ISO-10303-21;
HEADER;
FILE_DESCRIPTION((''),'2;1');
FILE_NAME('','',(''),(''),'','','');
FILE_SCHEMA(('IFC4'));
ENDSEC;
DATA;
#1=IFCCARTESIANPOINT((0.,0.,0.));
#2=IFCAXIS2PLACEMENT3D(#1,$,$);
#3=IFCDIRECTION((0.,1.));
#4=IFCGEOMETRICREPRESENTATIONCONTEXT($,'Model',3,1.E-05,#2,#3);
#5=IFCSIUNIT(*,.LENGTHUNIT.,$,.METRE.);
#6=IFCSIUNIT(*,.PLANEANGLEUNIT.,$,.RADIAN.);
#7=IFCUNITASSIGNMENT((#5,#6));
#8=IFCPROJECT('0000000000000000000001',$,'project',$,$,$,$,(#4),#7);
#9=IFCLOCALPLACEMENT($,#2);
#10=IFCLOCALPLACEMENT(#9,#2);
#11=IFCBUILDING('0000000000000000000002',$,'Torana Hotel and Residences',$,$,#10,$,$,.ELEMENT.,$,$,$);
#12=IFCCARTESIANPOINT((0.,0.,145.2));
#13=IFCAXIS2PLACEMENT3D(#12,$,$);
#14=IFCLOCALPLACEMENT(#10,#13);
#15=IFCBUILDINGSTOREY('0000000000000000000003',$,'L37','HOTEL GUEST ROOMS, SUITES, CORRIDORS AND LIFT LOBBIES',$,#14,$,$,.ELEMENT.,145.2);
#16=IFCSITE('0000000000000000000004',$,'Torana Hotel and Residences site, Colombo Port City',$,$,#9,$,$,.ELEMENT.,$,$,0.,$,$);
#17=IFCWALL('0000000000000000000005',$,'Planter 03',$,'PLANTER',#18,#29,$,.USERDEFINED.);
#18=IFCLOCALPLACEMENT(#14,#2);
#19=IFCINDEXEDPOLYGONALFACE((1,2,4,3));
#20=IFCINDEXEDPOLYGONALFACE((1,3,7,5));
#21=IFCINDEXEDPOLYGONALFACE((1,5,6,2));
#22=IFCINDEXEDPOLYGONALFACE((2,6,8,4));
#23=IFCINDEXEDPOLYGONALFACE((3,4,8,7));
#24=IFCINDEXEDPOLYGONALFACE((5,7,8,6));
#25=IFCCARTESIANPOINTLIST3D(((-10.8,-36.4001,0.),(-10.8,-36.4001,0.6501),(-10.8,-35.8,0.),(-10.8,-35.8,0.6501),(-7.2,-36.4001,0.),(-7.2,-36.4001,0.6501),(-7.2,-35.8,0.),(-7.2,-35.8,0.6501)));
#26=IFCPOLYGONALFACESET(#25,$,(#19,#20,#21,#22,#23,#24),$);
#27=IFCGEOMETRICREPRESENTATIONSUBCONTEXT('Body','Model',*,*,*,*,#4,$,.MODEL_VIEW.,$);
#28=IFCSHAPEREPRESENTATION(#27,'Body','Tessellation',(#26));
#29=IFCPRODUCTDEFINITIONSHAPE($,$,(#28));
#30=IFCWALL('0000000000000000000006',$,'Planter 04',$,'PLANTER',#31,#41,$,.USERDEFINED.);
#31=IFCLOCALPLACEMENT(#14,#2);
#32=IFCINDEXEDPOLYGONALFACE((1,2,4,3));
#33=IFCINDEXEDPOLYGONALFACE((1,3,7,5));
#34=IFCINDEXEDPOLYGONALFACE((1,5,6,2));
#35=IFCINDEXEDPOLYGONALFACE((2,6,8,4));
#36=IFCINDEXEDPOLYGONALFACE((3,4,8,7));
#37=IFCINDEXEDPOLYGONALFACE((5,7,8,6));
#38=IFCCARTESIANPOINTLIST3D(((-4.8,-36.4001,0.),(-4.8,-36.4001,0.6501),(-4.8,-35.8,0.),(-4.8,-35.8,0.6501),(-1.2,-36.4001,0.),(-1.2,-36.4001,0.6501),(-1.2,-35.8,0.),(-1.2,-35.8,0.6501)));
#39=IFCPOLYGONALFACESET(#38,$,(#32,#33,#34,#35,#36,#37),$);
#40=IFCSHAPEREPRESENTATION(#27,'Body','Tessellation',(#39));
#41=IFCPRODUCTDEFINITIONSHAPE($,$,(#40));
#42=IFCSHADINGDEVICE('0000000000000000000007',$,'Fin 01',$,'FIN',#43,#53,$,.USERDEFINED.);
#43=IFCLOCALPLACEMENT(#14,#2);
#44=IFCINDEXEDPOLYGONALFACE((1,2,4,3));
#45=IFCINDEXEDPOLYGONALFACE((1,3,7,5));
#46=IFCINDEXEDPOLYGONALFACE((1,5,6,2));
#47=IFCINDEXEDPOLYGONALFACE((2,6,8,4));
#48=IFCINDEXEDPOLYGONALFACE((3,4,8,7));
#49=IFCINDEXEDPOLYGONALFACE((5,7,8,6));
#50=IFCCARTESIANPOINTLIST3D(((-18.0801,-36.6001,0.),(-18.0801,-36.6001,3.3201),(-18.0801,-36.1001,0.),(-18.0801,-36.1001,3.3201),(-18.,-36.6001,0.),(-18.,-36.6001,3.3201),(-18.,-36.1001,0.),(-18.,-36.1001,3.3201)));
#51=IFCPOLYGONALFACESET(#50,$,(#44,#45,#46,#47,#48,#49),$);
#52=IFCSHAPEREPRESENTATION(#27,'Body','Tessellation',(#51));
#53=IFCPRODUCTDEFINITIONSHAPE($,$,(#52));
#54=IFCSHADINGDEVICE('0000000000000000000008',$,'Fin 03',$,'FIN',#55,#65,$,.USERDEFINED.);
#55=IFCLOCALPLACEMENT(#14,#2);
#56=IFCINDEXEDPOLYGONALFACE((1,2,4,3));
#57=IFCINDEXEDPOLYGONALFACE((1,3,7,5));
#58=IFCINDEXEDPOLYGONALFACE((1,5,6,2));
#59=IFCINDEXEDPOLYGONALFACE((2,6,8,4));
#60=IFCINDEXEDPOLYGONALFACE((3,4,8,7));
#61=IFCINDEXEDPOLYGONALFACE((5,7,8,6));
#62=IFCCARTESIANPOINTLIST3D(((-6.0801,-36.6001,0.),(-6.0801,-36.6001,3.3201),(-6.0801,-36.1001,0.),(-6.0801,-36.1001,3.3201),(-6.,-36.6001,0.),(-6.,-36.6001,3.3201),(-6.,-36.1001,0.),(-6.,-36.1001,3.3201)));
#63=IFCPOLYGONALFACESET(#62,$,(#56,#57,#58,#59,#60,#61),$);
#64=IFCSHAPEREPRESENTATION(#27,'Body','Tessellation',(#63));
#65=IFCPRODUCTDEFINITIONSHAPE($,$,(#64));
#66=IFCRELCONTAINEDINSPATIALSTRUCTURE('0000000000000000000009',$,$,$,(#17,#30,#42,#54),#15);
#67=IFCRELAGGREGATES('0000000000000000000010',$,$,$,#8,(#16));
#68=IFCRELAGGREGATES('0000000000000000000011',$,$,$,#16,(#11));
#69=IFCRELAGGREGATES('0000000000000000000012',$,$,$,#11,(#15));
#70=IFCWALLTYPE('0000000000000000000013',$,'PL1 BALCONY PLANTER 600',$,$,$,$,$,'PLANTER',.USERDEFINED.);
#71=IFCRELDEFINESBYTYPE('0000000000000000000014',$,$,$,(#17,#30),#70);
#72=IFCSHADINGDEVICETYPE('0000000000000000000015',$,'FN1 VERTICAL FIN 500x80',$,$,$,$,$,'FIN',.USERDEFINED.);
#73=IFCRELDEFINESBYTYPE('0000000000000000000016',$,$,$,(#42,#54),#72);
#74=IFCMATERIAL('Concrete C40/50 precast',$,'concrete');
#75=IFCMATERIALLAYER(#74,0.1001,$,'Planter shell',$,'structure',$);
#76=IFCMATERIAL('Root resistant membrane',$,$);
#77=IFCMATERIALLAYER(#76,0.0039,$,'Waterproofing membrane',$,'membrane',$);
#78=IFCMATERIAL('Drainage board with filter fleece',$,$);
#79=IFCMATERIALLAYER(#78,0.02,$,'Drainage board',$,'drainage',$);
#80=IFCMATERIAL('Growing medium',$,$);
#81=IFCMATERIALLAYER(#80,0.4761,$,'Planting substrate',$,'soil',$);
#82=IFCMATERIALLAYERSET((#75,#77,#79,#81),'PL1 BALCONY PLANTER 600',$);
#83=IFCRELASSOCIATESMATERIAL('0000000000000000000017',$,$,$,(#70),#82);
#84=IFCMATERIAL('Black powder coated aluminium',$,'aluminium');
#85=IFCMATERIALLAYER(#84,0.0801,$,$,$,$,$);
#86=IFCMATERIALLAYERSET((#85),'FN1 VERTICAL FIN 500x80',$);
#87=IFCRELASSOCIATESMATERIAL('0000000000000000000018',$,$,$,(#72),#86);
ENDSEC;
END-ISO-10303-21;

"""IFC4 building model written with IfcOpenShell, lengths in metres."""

from ifc_helpers import new_model, si_unit, direction, frame, frame_2d, origin, origin_2d, place, context, subcontext, project, spatial, rectangle, extrude, material, layer, layer_set, type_object, element, save


model = new_model("IFC4")

# Units and contexts
model_context = context("Model", 3, precision=1e-05, world=origin(), true_north=direction((0.0, 1.0)))
body_context = subcontext(model_context, "Body", "Model", "MODEL_VIEW")
ifc_project = project(units=[si_unit("LENGTHUNIT", "METRE"), si_unit("PLANEANGLEUNIT", "RADIAN")], contexts=[model_context])

# Site, building, storey
site_placement = place(None, origin())
site = spatial("IfcSite", under=ifc_project, at=site_placement, Name="Torana Hotel and Residences site, Colombo Port City", CompositionType="ELEMENT", RefElevation=0.0)
building_placement = place(site_placement, origin())
building = spatial("IfcBuilding", under=site, at=building_placement, Name="Torana Hotel and Residences", CompositionType="ELEMENT")
storey_placement = place(building_placement, frame((0.0, 0.0, 145.2)))
storey = spatial("IfcBuildingStorey", under=building, at=storey_placement, Name="L37", Description="HOTEL GUEST ROOMS, SUITES, CORRIDORS AND LIFT LOBBIES", CompositionType="ELEMENT", Elevation=145.2)

# Walls
ifc_material_1 = material(Name="Concrete C40/50 precast", Category="concrete")
ifc_layer_1 = layer(ifc_material_1, 0.1001, Name="Planter shell", Category="structure")
ifc_material_2 = material(Name="Root resistant membrane")
ifc_layer_2 = layer(ifc_material_2, 0.0039, Name="Waterproofing membrane", Category="membrane")
ifc_material_3 = material(Name="Drainage board with filter fleece")
ifc_layer_3 = layer(ifc_material_3, 0.02, Name="Drainage board", Category="drainage")
ifc_material_4 = material(Name="Growing medium")
ifc_layer_4 = layer(ifc_material_4, 0.4761, Name="Planting substrate", Category="soil")
ifc_layer_set_1 = layer_set([ifc_layer_1, ifc_layer_2, ifc_layer_3, ifc_layer_4], Name="PL1 BALCONY PLANTER 600")
wall_type_1 = type_object("IfcWallType", Name="PL1 BALCONY PLANTER 600", ElementType="PLANTER", PredefinedType="USERDEFINED", material=ifc_layer_set_1)
for number, where, z_axis, x_axis, name in (
    (1, (-7.2, -36.1001, 0.0), (0.0, 0.0, 1.0), (-1.0, 0.0, 0.0), "Planter 03"),
    (2, (-1.2, -36.1001, 0.0), (0.0, 0.0, 1.0), (-1.0, 0.0, 0.0), "Planter 04"),
):
    element("IfcWall", number, at=place(storey_placement, frame(where, z_axis=z_axis, x_axis=x_axis)), inside=storey, type_object=wall_type_1, Name=name, ObjectType="PLANTER", PredefinedType="USERDEFINED", context=body_context, shape_type="SweptSolid", body=[
        extrude(rectangle(XDim=3.6001, YDim=0.6001, at=frame_2d((1.8, 0.0))), origin(), (0.0, 0.0, 1.0), 0.6501),
    ])

# Shading devices
ifc_material_5 = material(Name="Black powder coated aluminium", Category="aluminium")
ifc_layer_5 = layer(ifc_material_5, 0.0801)
ifc_layer_set_2 = layer_set([ifc_layer_5], Name="FN1 VERTICAL FIN 500x80")
shading_device_type = type_object("IfcShadingDeviceType", Name="FN1 VERTICAL FIN 500x80", ElementType="FIN", PredefinedType="USERDEFINED", material=ifc_layer_set_2)
for number, where, z_axis, x_axis, name in (
    (3, (-18.04, -36.3501, 0.0), (0.0, 0.0, 1.0), (-1.0, 0.0, 0.0), "Fin 01"),
    (4, (-6.04, -36.3501, 0.0), (0.0, 0.0, 1.0), (-1.0, 0.0, 0.0), "Fin 03"),
):
    element("IfcShadingDevice", number, at=place(storey_placement, frame(where, z_axis=z_axis, x_axis=x_axis)), inside=storey, type_object=shading_device_type, Name=name, ObjectType="FIN", PredefinedType="USERDEFINED", context=body_context, shape_type="SweptSolid", body=[
        extrude(rectangle(XDim=0.0801, YDim=0.5, at=origin_2d()), origin(), (0.0, 0.0, 1.0), 3.3201),
    ])

save(model, "model.ifc")
